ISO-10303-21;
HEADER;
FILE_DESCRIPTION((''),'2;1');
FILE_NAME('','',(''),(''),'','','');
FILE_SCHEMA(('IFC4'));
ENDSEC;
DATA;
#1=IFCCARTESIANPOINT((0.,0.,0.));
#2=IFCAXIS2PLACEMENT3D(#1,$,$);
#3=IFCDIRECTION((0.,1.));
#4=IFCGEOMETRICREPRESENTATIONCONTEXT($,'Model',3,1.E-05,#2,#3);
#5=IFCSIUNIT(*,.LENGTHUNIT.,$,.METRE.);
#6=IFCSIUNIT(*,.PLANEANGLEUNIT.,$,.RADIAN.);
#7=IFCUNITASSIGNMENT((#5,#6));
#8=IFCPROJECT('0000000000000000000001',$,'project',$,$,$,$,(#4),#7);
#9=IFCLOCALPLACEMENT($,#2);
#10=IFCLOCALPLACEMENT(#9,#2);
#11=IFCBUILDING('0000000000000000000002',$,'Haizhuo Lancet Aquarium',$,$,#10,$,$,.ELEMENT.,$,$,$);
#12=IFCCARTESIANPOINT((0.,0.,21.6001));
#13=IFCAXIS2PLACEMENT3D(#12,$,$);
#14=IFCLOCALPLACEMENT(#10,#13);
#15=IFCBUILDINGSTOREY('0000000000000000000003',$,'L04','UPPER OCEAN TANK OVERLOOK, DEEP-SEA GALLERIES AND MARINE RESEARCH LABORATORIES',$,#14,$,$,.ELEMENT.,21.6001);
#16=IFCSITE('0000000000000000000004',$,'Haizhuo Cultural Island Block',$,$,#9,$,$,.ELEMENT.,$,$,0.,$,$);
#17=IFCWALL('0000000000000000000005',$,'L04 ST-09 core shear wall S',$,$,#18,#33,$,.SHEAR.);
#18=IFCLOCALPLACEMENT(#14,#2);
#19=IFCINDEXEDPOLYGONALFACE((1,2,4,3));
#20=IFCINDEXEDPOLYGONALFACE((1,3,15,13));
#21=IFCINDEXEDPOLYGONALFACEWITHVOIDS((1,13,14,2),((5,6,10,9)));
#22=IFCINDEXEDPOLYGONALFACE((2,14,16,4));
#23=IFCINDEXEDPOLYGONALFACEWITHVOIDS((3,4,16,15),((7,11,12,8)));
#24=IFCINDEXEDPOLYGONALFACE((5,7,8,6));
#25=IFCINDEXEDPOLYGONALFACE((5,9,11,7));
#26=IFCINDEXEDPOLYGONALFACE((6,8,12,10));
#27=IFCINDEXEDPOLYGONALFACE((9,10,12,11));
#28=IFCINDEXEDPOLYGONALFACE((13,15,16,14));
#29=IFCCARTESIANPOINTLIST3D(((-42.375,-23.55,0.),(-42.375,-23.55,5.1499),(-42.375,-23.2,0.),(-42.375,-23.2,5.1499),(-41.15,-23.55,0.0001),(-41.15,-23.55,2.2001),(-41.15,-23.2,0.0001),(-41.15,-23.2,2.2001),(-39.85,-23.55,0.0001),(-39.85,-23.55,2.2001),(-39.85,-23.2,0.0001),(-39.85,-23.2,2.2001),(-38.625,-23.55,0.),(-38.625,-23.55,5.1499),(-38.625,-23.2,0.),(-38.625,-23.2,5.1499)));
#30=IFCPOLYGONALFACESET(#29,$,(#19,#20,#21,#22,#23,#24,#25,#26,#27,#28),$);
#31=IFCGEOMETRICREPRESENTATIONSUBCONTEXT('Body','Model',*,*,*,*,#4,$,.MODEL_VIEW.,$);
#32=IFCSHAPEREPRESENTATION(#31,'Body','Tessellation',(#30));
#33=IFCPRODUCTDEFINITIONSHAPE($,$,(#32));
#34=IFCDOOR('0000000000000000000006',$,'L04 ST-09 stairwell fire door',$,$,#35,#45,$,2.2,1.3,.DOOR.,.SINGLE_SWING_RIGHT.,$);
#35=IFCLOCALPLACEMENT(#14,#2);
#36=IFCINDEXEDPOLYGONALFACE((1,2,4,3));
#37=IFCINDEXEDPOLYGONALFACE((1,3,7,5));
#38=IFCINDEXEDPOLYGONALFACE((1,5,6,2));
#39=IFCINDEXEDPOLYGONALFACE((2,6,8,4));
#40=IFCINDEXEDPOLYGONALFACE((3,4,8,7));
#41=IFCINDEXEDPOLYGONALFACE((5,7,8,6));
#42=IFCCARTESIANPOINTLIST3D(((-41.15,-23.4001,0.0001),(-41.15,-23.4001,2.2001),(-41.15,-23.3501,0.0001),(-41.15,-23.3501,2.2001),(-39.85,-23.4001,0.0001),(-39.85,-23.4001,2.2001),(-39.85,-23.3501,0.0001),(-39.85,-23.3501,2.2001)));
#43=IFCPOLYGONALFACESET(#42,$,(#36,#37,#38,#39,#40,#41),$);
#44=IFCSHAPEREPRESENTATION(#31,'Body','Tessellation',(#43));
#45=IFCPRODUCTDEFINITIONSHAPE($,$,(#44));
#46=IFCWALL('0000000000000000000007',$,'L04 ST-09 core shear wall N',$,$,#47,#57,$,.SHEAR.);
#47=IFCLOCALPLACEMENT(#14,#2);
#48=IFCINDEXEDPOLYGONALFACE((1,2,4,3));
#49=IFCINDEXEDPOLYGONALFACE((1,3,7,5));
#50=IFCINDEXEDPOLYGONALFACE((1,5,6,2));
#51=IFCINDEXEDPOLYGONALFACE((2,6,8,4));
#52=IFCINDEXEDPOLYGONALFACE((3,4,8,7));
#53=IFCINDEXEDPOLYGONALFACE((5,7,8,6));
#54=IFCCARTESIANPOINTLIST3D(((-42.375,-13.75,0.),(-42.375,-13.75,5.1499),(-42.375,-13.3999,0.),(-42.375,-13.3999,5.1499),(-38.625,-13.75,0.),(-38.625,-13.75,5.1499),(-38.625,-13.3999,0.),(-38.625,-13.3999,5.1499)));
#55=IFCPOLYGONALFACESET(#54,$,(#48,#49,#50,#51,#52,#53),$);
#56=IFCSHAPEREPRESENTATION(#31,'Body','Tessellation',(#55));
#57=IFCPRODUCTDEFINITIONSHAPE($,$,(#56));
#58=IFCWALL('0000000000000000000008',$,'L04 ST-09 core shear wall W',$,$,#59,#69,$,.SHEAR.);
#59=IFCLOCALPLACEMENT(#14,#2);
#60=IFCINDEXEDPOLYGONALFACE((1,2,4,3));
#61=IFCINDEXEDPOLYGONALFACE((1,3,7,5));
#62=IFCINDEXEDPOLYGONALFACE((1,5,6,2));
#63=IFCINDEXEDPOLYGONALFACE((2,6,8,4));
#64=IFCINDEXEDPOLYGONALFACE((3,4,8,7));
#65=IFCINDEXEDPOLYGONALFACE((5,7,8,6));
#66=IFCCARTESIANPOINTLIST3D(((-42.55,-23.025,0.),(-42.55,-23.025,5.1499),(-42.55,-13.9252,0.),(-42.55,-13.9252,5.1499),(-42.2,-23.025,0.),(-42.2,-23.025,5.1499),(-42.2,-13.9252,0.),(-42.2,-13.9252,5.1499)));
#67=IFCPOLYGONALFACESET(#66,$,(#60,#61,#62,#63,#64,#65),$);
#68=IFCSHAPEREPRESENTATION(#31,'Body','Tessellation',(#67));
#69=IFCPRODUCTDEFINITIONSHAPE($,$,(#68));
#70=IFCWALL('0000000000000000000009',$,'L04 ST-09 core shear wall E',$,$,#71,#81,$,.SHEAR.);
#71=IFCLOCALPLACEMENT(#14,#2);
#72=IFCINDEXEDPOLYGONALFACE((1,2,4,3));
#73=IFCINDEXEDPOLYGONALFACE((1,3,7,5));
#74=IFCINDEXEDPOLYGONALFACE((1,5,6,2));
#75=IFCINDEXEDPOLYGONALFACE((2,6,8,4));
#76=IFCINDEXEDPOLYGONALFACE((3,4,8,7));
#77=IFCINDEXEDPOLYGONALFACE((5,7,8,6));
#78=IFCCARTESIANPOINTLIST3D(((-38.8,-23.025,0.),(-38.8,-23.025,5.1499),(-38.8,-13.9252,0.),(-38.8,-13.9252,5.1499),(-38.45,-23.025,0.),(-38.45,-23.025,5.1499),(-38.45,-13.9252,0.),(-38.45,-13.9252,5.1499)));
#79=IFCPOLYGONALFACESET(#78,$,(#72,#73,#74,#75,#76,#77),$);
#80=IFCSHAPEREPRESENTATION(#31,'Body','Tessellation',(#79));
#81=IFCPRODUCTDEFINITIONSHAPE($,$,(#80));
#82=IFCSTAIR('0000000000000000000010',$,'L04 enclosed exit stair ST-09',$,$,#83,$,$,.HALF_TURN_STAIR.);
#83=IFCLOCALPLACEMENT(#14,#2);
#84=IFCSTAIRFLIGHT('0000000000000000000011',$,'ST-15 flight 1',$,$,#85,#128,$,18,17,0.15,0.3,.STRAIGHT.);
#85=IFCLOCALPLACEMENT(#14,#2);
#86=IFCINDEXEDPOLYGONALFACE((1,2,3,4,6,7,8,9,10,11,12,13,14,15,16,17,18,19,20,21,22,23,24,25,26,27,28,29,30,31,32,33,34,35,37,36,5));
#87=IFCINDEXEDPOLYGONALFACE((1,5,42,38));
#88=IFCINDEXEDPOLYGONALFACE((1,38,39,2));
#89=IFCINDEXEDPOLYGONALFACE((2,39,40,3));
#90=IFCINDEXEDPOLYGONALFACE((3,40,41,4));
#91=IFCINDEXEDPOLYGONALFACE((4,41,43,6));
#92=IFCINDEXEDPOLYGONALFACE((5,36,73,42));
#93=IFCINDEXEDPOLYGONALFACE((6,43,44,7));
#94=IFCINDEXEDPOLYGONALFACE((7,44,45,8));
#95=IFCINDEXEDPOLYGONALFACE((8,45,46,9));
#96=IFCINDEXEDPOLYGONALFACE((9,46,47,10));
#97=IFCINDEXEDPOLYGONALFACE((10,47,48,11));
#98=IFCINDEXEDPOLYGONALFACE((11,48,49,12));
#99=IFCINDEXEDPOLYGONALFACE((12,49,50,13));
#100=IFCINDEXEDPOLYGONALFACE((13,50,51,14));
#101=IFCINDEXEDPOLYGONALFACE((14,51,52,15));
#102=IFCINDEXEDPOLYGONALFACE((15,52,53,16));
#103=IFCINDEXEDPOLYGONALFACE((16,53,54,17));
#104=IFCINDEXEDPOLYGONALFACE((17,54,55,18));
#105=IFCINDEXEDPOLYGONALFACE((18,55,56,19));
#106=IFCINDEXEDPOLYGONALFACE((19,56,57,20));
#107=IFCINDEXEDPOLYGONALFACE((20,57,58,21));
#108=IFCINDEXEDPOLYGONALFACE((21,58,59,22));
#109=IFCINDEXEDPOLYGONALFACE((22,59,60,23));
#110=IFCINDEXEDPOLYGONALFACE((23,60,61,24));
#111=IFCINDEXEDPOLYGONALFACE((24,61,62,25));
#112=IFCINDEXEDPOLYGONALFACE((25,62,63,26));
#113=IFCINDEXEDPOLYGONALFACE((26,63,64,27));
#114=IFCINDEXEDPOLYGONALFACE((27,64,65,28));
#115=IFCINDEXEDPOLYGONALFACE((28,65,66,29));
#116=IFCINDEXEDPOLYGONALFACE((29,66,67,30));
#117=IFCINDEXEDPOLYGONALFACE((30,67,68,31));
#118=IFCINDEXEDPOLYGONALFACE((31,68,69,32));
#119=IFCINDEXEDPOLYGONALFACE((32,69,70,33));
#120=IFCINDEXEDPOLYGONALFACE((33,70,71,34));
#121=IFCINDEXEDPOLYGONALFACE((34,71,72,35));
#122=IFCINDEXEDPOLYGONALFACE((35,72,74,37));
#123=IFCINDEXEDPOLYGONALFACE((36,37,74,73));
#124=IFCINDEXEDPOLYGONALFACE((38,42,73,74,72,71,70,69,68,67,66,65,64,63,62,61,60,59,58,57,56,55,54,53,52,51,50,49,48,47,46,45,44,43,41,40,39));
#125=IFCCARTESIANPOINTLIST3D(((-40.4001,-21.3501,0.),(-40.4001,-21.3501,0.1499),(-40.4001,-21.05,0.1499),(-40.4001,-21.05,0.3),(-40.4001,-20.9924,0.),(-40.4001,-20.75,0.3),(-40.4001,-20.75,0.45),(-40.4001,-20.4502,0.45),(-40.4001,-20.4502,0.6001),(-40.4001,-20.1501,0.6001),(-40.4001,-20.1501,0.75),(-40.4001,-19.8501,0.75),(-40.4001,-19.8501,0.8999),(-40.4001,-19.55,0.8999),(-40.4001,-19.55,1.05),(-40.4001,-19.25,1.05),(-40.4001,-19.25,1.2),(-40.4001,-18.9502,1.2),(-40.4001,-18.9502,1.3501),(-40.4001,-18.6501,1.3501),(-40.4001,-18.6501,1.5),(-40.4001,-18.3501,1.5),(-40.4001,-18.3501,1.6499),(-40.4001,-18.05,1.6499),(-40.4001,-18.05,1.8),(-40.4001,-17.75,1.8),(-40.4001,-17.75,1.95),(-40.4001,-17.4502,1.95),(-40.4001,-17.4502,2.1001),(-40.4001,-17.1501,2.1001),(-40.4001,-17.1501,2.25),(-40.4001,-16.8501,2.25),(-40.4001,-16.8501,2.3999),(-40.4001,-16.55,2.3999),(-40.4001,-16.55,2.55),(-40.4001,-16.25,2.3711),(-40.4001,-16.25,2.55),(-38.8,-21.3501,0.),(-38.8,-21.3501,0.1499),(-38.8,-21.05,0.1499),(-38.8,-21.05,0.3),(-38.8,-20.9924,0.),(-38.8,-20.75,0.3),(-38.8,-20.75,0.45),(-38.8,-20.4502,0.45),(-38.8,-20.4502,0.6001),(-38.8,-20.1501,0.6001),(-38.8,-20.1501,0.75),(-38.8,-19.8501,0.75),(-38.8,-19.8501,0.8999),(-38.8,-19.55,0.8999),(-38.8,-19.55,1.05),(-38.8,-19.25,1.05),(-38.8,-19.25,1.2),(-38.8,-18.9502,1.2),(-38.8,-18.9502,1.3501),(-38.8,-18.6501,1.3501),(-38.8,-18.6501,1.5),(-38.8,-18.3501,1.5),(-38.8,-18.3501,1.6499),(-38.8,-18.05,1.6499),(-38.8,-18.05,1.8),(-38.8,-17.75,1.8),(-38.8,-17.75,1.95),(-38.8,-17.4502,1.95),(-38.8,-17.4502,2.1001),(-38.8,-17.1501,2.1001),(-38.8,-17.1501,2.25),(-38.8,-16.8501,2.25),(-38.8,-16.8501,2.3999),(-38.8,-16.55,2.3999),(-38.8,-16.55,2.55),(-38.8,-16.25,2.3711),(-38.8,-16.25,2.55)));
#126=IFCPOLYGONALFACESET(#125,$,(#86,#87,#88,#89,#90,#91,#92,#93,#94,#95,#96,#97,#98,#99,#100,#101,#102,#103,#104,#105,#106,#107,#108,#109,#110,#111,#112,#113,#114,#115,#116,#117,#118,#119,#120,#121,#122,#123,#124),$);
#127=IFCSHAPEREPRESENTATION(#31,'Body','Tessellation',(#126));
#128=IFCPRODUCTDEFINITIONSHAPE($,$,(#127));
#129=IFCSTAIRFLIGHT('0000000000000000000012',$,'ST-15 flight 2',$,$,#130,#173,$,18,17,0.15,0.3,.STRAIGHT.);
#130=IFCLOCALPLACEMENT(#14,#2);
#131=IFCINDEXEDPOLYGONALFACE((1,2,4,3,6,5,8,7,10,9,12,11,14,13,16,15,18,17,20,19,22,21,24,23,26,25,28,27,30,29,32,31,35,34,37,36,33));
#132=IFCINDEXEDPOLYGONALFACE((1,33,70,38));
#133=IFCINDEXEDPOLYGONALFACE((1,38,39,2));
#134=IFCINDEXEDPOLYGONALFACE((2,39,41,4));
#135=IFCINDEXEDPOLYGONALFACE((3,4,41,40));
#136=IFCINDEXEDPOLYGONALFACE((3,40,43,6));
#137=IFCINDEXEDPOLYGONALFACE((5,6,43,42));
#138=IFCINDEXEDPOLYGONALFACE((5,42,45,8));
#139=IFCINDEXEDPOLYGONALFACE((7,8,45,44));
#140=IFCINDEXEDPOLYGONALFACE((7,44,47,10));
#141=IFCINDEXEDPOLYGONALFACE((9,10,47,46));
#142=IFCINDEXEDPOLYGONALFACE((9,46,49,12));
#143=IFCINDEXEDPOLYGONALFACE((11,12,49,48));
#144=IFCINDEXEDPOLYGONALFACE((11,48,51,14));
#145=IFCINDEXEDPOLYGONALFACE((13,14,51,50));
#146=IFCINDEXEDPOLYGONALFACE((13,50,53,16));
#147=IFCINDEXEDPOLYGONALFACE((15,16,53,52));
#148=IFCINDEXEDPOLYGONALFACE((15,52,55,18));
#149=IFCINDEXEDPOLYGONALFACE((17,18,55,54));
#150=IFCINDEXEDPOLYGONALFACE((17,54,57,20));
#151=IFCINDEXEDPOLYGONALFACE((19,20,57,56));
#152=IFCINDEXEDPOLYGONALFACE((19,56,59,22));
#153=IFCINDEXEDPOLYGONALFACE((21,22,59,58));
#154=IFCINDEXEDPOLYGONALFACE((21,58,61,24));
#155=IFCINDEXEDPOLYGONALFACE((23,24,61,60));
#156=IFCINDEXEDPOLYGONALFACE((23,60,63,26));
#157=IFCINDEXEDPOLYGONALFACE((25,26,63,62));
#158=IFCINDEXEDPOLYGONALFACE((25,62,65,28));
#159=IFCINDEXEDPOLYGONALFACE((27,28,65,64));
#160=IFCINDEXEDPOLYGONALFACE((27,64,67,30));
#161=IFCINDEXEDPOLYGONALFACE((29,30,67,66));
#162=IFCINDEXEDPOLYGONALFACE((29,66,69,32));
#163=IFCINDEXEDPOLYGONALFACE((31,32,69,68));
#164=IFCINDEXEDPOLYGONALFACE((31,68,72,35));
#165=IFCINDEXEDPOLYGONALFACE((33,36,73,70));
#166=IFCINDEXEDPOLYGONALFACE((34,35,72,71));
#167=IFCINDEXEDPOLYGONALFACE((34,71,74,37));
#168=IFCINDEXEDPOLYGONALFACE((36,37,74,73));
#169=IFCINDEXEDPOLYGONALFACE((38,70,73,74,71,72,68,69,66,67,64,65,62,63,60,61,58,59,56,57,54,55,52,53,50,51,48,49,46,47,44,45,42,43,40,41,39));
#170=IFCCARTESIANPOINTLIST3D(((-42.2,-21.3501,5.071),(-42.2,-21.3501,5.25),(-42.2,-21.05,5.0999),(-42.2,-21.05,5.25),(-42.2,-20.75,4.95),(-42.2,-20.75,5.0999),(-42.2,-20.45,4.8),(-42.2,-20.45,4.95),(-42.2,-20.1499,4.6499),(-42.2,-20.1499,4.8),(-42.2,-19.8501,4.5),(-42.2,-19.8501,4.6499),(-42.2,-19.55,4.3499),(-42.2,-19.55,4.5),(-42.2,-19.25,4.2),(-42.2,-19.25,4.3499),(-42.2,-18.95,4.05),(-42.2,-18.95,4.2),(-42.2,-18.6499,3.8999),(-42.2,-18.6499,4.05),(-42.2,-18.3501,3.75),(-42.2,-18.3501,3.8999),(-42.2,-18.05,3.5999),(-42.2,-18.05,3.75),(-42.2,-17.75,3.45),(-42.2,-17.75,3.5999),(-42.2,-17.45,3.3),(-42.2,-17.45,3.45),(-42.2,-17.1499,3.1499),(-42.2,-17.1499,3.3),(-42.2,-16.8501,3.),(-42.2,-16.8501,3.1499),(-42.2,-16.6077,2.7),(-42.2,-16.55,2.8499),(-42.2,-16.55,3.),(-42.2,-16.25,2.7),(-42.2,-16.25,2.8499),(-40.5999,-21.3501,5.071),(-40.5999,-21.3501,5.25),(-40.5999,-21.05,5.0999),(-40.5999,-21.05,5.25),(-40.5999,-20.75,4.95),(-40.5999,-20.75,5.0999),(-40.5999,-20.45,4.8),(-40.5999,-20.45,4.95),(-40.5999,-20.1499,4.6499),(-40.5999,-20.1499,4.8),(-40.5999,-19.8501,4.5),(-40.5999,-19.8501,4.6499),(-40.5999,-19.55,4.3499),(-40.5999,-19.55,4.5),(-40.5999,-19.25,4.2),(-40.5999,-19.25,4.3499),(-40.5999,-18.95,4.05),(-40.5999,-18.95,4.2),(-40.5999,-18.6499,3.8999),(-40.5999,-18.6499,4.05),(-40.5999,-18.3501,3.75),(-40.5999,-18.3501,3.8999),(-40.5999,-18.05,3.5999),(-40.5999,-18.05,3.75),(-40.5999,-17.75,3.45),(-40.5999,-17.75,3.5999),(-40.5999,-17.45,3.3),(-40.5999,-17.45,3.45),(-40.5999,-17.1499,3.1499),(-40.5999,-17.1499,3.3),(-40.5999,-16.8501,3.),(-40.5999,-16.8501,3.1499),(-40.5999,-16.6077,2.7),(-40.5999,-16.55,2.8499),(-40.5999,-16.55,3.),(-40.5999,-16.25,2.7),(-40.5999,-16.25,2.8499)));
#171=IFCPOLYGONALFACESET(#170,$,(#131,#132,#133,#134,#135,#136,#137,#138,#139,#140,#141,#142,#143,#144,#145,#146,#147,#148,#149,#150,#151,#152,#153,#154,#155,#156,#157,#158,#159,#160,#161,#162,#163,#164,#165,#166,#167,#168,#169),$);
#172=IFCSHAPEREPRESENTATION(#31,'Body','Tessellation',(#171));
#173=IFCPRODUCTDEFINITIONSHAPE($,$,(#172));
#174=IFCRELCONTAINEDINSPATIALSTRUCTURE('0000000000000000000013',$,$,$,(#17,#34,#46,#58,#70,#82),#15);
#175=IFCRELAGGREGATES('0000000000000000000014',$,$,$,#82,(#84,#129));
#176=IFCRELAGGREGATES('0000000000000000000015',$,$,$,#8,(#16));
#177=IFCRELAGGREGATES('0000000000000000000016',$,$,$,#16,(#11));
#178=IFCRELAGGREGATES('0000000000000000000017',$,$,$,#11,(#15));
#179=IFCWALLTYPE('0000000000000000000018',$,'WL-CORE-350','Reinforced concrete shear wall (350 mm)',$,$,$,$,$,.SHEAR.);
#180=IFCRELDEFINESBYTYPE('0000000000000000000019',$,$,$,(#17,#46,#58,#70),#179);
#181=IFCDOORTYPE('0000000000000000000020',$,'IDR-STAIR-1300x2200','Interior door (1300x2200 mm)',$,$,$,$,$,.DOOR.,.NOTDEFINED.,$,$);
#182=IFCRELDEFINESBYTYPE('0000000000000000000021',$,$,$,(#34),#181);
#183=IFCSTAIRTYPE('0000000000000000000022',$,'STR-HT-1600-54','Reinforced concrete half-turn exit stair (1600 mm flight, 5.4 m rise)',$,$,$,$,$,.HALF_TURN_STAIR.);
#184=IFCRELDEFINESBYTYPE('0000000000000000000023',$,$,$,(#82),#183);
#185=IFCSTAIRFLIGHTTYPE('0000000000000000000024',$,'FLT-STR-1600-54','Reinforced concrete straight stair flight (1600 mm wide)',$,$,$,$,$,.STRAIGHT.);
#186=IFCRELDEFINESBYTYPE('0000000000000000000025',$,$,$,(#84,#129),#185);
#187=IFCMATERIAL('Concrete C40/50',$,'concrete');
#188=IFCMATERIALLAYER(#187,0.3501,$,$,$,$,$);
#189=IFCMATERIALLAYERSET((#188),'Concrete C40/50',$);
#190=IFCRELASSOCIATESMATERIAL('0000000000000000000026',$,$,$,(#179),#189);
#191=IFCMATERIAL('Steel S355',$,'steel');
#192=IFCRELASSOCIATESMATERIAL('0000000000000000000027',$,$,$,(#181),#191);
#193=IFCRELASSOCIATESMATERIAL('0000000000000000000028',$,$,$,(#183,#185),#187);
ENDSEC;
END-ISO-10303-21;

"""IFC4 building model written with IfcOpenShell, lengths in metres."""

from ifc_helpers import new_model, si_unit, direction, frame, frame_2d, origin, place, context, subcontext, project, spatial, polyline, rectangle, outline, extrude, material, layer, layer_set, type_object, element, fill, aggregate, save


model = new_model("IFC4")

# Units and contexts
model_context = context("Model", 3, precision=1e-05, world=origin(), true_north=direction((0.0, 1.0)))
body_context = subcontext(model_context, "Body", "Model", "MODEL_VIEW")
ifc_project = project(units=[si_unit("LENGTHUNIT", "METRE"), si_unit("PLANEANGLEUNIT", "RADIAN")], contexts=[model_context])

# Site, building, storey
site_placement = place(None, origin())
site = spatial("IfcSite", under=ifc_project, at=site_placement, Name="Haizhuo Cultural Island Block", CompositionType="ELEMENT", RefElevation=0.0)
building_placement = place(site_placement, origin())
building = spatial("IfcBuilding", under=site, at=building_placement, Name="Haizhuo Lancet Aquarium", CompositionType="ELEMENT")
storey_placement = place(building_placement, frame((0.0, 0.0, 21.6001)))
storey = spatial("IfcBuildingStorey", under=building, at=storey_placement, Name="L04", Description="UPPER OCEAN TANK OVERLOOK, DEEP-SEA GALLERIES AND MARINE RESEARCH LABORATORIES", CompositionType="ELEMENT", Elevation=21.6001)

# Shared definitions
ifc_material_1 = material(Name="Concrete C40/50", Category="concrete")

# Shared definitions
ifc_material_2 = material(Name="Steel S355", Category="steel")

# Shared definitions
ifc_layer_1 = layer(ifc_material_1, 0.3501)
ifc_layer_set_1 = layer_set([ifc_layer_1], Name="Concrete C40/50")
wall_type_1 = type_object("IfcWallType", Name="WL-CORE-350", Description="Reinforced concrete shear wall (350 mm)", PredefinedType="SHEAR", material=ifc_layer_set_1)

# Wall, opening, door
wall_1_placement = place(storey_placement, frame((-42.375, -23.375, 0.0), z_axis=(0.0, 0.0, 1.0), x_axis=(1.0, 0.0, 0.0)))
wall_1 = element("IfcWall", 1, at=wall_1_placement, inside=storey, type_object=wall_type_1, Name="L04 ST-09 core shear wall S", PredefinedType="SHEAR", context=body_context, shape_type="SweptSolid", body=[
    extrude(rectangle(XDim=3.75, YDim=0.3501, at=frame_2d((1.875, 0.0))), origin(), (0.0, 0.0, 1.0), 5.1499),
])
opening_placement = place(wall_1_placement, frame((1.2251, 0.0, 0.0)))
opening = element("IfcOpeningElement", 2, at=opening_placement, cuts=wall_1, PredefinedType="OPENING", context=body_context, shape_type="SweptSolid", body=[
    extrude(rectangle(XDim=1.3, YDim=2.2, at=frame_2d((0.6499, 1.1001))), frame((0.0, 0.1851, 0.0), z_axis=(0.0, -1.0, 0.0), x_axis=(1.0, 0.0, 0.0)), (0.0, 0.0, 1.0), 0.3701),
])
door_type = type_object("IfcDoorType", Name="IDR-STAIR-1300x2200", Description="Interior door (1300x2200 mm)", OperationType="NOTDEFINED", PredefinedType="DOOR", material=ifc_material_2)
door_placement = place(opening_placement, origin())
door = element("IfcDoor", 3, at=door_placement, inside=storey, type_object=door_type, Name="L04 ST-09 stairwell fire door", OperationType="SINGLE_SWING_RIGHT", OverallHeight=2.2, OverallWidth=1.3, PredefinedType="DOOR", context=body_context, shape_type="SweptSolid", body=[
    extrude(rectangle(XDim=1.3, YDim=2.2, at=frame_2d((0.6499, 1.1001))), frame((0.0, 0.0249, 0.0), z_axis=(0.0, -1.0, 0.0), x_axis=(1.0, 0.0, 0.0)), (0.0, 0.0, 1.0), 0.05),
])
fill(opening, door)

# Walls
wall_2_placement = place(storey_placement, frame((-42.375, -13.575, 0.0), z_axis=(0.0, 0.0, 1.0), x_axis=(1.0, 0.0, 0.0)))
element("IfcWall", 4, at=wall_2_placement, inside=storey, type_object=wall_type_1, Name="L04 ST-09 core shear wall N", PredefinedType="SHEAR", context=body_context, shape_type="SweptSolid", body=[
    extrude(rectangle(XDim=3.75, YDim=0.3501, at=frame_2d((1.875, 0.0))), origin(), (0.0, 0.0, 1.0), 5.1499),
])
for number, where, z_axis, x_axis, name in (
    (5, (-42.375, -23.0249, 0.0), (0.0, 0.0, 1.0), (0.0, 1.0, 0.0), "L04 ST-09 core shear wall W"),
    (6, (-38.625, -23.0249, 0.0), (0.0, 0.0, 1.0), (0.0, 1.0, 0.0), "L04 ST-09 core shear wall E"),
):
    element("IfcWall", number, at=place(storey_placement, frame(where, z_axis=z_axis, x_axis=x_axis)), inside=storey, type_object=wall_type_1, Name=name, PredefinedType="SHEAR", context=body_context, shape_type="SweptSolid", body=[
        extrude(rectangle(XDim=9.0999, YDim=0.3501, at=frame_2d((4.5498, 0.0))), origin(), (0.0, 0.0, 1.0), 5.1499),
    ])

# Stair, stair flights
stair_type = type_object("IfcStairType", Name="STR-HT-1600-54", Description="Reinforced concrete half-turn exit stair (1600 mm flight, 5.4 m rise)", PredefinedType="HALF_TURN_STAIR", material=ifc_material_1)
stair_placement = place(storey_placement, origin())
stair = element("IfcStair", 7, at=stair_placement, inside=storey, type_object=stair_type, Name="L04 enclosed exit stair ST-09", PredefinedType="HALF_TURN_STAIR")
stair_flight_type = type_object("IfcStairFlightType", Name="FLT-STR-1600-54", Description="Reinforced concrete straight stair flight (1600 mm wide)", PredefinedType="STRAIGHT", material=ifc_material_1)
stair_flight_1_placement = place(storey_placement, frame((-39.6001, -21.3501, 0.0), z_axis=(0.0, 0.0, 1.0), x_axis=(0.0, 1.0, 0.0)))
stair_flight_1 = element("IfcStairFlight", 8, at=stair_flight_1_placement, type_object=stair_flight_type, Name="ST-15 flight 1", NumberOfRisers=18, NumberOfTreads=17, PredefinedType="STRAIGHT", RiserHeight=0.15, TreadLength=0.3, context=body_context, shape_type="SweptSolid", body=[
    extrude(outline(polyline([(0.0, 0.0), (0.0, 0.1499), (0.3, 0.1499), (0.3, 0.3), (0.6001, 0.3), (0.6001, 0.45), (0.8999, 0.45), (0.8999, 0.6001), (1.2, 0.6001), (1.2, 0.75), (1.5, 0.75), (1.5, 0.8999), (1.8, 0.8999), (1.8, 1.05), (2.1001, 1.05), (2.1001, 1.2), (2.3999, 1.2), (2.3999, 1.3501), (2.7, 1.3501), (2.7, 1.5), (3.0, 1.5), (3.0, 1.6499), (3.3, 1.6499), (3.3, 1.8), (3.6001, 1.8), (3.6001, 1.95), (3.8999, 1.95), (3.8999, 2.1001), (4.2, 2.1001), (4.2, 2.25), (4.5, 2.25), (4.5, 2.3999), (4.8, 2.3999), (4.8, 2.55), (5.1001, 2.55), (5.1001, 2.7), (5.1001, 2.3711), (0.3577, 0.0), (0.0, 0.0)])), frame((0.0, 0.8, 0.0), z_axis=(0.0, -1.0, 0.0), x_axis=(1.0, 0.0, 0.0)), (0.0, 0.0, 1.0), 1.6001),
])
stair_flight_2_placement = place(storey_placement, frame((-41.3999, -16.25, 2.7), z_axis=(0.0, 0.0, 1.0), x_axis=(0.0, -1.0, 0.0)))
stair_flight_2 = element("IfcStairFlight", 9, at=stair_flight_2_placement, type_object=stair_flight_type, Name="ST-15 flight 2", NumberOfRisers=18, NumberOfTreads=17, PredefinedType="STRAIGHT", RiserHeight=0.15, TreadLength=0.3, context=body_context, shape_type="SweptSolid", body=[
    extrude(outline(polyline([(0.0, 0.0), (0.0, 0.1499), (0.3, 0.1499), (0.3, 0.3), (0.6001, 0.3), (0.6001, 0.45), (0.8999, 0.45), (0.8999, 0.6001), (1.2, 0.6001), (1.2, 0.75), (1.5, 0.75), (1.5, 0.8999), (1.8, 0.8999), (1.8, 1.05), (2.1001, 1.05), (2.1001, 1.2), (2.3999, 1.2), (2.3999, 1.3501), (2.7, 1.3501), (2.7, 1.5), (3.0, 1.5), (3.0, 1.6499), (3.3, 1.6499), (3.3, 1.8), (3.6001, 1.8), (3.6001, 1.95), (3.8999, 1.95), (3.8999, 2.1001), (4.2, 2.1001), (4.2, 2.25), (4.5, 2.25), (4.5, 2.3999), (4.8, 2.3999), (4.8, 2.55), (5.1001, 2.55), (5.1001, 2.7), (5.1001, 2.3711), (0.3577, 0.0), (0.0, 0.0)])), frame((0.0, 0.8, 0.0), z_axis=(0.0, -1.0, 0.0), x_axis=(1.0, 0.0, 0.0)), (0.0, 0.0, 1.0), 1.6001),
])
aggregate(stair, [stair_flight_1, stair_flight_2])

save(model, "model.ifc")
